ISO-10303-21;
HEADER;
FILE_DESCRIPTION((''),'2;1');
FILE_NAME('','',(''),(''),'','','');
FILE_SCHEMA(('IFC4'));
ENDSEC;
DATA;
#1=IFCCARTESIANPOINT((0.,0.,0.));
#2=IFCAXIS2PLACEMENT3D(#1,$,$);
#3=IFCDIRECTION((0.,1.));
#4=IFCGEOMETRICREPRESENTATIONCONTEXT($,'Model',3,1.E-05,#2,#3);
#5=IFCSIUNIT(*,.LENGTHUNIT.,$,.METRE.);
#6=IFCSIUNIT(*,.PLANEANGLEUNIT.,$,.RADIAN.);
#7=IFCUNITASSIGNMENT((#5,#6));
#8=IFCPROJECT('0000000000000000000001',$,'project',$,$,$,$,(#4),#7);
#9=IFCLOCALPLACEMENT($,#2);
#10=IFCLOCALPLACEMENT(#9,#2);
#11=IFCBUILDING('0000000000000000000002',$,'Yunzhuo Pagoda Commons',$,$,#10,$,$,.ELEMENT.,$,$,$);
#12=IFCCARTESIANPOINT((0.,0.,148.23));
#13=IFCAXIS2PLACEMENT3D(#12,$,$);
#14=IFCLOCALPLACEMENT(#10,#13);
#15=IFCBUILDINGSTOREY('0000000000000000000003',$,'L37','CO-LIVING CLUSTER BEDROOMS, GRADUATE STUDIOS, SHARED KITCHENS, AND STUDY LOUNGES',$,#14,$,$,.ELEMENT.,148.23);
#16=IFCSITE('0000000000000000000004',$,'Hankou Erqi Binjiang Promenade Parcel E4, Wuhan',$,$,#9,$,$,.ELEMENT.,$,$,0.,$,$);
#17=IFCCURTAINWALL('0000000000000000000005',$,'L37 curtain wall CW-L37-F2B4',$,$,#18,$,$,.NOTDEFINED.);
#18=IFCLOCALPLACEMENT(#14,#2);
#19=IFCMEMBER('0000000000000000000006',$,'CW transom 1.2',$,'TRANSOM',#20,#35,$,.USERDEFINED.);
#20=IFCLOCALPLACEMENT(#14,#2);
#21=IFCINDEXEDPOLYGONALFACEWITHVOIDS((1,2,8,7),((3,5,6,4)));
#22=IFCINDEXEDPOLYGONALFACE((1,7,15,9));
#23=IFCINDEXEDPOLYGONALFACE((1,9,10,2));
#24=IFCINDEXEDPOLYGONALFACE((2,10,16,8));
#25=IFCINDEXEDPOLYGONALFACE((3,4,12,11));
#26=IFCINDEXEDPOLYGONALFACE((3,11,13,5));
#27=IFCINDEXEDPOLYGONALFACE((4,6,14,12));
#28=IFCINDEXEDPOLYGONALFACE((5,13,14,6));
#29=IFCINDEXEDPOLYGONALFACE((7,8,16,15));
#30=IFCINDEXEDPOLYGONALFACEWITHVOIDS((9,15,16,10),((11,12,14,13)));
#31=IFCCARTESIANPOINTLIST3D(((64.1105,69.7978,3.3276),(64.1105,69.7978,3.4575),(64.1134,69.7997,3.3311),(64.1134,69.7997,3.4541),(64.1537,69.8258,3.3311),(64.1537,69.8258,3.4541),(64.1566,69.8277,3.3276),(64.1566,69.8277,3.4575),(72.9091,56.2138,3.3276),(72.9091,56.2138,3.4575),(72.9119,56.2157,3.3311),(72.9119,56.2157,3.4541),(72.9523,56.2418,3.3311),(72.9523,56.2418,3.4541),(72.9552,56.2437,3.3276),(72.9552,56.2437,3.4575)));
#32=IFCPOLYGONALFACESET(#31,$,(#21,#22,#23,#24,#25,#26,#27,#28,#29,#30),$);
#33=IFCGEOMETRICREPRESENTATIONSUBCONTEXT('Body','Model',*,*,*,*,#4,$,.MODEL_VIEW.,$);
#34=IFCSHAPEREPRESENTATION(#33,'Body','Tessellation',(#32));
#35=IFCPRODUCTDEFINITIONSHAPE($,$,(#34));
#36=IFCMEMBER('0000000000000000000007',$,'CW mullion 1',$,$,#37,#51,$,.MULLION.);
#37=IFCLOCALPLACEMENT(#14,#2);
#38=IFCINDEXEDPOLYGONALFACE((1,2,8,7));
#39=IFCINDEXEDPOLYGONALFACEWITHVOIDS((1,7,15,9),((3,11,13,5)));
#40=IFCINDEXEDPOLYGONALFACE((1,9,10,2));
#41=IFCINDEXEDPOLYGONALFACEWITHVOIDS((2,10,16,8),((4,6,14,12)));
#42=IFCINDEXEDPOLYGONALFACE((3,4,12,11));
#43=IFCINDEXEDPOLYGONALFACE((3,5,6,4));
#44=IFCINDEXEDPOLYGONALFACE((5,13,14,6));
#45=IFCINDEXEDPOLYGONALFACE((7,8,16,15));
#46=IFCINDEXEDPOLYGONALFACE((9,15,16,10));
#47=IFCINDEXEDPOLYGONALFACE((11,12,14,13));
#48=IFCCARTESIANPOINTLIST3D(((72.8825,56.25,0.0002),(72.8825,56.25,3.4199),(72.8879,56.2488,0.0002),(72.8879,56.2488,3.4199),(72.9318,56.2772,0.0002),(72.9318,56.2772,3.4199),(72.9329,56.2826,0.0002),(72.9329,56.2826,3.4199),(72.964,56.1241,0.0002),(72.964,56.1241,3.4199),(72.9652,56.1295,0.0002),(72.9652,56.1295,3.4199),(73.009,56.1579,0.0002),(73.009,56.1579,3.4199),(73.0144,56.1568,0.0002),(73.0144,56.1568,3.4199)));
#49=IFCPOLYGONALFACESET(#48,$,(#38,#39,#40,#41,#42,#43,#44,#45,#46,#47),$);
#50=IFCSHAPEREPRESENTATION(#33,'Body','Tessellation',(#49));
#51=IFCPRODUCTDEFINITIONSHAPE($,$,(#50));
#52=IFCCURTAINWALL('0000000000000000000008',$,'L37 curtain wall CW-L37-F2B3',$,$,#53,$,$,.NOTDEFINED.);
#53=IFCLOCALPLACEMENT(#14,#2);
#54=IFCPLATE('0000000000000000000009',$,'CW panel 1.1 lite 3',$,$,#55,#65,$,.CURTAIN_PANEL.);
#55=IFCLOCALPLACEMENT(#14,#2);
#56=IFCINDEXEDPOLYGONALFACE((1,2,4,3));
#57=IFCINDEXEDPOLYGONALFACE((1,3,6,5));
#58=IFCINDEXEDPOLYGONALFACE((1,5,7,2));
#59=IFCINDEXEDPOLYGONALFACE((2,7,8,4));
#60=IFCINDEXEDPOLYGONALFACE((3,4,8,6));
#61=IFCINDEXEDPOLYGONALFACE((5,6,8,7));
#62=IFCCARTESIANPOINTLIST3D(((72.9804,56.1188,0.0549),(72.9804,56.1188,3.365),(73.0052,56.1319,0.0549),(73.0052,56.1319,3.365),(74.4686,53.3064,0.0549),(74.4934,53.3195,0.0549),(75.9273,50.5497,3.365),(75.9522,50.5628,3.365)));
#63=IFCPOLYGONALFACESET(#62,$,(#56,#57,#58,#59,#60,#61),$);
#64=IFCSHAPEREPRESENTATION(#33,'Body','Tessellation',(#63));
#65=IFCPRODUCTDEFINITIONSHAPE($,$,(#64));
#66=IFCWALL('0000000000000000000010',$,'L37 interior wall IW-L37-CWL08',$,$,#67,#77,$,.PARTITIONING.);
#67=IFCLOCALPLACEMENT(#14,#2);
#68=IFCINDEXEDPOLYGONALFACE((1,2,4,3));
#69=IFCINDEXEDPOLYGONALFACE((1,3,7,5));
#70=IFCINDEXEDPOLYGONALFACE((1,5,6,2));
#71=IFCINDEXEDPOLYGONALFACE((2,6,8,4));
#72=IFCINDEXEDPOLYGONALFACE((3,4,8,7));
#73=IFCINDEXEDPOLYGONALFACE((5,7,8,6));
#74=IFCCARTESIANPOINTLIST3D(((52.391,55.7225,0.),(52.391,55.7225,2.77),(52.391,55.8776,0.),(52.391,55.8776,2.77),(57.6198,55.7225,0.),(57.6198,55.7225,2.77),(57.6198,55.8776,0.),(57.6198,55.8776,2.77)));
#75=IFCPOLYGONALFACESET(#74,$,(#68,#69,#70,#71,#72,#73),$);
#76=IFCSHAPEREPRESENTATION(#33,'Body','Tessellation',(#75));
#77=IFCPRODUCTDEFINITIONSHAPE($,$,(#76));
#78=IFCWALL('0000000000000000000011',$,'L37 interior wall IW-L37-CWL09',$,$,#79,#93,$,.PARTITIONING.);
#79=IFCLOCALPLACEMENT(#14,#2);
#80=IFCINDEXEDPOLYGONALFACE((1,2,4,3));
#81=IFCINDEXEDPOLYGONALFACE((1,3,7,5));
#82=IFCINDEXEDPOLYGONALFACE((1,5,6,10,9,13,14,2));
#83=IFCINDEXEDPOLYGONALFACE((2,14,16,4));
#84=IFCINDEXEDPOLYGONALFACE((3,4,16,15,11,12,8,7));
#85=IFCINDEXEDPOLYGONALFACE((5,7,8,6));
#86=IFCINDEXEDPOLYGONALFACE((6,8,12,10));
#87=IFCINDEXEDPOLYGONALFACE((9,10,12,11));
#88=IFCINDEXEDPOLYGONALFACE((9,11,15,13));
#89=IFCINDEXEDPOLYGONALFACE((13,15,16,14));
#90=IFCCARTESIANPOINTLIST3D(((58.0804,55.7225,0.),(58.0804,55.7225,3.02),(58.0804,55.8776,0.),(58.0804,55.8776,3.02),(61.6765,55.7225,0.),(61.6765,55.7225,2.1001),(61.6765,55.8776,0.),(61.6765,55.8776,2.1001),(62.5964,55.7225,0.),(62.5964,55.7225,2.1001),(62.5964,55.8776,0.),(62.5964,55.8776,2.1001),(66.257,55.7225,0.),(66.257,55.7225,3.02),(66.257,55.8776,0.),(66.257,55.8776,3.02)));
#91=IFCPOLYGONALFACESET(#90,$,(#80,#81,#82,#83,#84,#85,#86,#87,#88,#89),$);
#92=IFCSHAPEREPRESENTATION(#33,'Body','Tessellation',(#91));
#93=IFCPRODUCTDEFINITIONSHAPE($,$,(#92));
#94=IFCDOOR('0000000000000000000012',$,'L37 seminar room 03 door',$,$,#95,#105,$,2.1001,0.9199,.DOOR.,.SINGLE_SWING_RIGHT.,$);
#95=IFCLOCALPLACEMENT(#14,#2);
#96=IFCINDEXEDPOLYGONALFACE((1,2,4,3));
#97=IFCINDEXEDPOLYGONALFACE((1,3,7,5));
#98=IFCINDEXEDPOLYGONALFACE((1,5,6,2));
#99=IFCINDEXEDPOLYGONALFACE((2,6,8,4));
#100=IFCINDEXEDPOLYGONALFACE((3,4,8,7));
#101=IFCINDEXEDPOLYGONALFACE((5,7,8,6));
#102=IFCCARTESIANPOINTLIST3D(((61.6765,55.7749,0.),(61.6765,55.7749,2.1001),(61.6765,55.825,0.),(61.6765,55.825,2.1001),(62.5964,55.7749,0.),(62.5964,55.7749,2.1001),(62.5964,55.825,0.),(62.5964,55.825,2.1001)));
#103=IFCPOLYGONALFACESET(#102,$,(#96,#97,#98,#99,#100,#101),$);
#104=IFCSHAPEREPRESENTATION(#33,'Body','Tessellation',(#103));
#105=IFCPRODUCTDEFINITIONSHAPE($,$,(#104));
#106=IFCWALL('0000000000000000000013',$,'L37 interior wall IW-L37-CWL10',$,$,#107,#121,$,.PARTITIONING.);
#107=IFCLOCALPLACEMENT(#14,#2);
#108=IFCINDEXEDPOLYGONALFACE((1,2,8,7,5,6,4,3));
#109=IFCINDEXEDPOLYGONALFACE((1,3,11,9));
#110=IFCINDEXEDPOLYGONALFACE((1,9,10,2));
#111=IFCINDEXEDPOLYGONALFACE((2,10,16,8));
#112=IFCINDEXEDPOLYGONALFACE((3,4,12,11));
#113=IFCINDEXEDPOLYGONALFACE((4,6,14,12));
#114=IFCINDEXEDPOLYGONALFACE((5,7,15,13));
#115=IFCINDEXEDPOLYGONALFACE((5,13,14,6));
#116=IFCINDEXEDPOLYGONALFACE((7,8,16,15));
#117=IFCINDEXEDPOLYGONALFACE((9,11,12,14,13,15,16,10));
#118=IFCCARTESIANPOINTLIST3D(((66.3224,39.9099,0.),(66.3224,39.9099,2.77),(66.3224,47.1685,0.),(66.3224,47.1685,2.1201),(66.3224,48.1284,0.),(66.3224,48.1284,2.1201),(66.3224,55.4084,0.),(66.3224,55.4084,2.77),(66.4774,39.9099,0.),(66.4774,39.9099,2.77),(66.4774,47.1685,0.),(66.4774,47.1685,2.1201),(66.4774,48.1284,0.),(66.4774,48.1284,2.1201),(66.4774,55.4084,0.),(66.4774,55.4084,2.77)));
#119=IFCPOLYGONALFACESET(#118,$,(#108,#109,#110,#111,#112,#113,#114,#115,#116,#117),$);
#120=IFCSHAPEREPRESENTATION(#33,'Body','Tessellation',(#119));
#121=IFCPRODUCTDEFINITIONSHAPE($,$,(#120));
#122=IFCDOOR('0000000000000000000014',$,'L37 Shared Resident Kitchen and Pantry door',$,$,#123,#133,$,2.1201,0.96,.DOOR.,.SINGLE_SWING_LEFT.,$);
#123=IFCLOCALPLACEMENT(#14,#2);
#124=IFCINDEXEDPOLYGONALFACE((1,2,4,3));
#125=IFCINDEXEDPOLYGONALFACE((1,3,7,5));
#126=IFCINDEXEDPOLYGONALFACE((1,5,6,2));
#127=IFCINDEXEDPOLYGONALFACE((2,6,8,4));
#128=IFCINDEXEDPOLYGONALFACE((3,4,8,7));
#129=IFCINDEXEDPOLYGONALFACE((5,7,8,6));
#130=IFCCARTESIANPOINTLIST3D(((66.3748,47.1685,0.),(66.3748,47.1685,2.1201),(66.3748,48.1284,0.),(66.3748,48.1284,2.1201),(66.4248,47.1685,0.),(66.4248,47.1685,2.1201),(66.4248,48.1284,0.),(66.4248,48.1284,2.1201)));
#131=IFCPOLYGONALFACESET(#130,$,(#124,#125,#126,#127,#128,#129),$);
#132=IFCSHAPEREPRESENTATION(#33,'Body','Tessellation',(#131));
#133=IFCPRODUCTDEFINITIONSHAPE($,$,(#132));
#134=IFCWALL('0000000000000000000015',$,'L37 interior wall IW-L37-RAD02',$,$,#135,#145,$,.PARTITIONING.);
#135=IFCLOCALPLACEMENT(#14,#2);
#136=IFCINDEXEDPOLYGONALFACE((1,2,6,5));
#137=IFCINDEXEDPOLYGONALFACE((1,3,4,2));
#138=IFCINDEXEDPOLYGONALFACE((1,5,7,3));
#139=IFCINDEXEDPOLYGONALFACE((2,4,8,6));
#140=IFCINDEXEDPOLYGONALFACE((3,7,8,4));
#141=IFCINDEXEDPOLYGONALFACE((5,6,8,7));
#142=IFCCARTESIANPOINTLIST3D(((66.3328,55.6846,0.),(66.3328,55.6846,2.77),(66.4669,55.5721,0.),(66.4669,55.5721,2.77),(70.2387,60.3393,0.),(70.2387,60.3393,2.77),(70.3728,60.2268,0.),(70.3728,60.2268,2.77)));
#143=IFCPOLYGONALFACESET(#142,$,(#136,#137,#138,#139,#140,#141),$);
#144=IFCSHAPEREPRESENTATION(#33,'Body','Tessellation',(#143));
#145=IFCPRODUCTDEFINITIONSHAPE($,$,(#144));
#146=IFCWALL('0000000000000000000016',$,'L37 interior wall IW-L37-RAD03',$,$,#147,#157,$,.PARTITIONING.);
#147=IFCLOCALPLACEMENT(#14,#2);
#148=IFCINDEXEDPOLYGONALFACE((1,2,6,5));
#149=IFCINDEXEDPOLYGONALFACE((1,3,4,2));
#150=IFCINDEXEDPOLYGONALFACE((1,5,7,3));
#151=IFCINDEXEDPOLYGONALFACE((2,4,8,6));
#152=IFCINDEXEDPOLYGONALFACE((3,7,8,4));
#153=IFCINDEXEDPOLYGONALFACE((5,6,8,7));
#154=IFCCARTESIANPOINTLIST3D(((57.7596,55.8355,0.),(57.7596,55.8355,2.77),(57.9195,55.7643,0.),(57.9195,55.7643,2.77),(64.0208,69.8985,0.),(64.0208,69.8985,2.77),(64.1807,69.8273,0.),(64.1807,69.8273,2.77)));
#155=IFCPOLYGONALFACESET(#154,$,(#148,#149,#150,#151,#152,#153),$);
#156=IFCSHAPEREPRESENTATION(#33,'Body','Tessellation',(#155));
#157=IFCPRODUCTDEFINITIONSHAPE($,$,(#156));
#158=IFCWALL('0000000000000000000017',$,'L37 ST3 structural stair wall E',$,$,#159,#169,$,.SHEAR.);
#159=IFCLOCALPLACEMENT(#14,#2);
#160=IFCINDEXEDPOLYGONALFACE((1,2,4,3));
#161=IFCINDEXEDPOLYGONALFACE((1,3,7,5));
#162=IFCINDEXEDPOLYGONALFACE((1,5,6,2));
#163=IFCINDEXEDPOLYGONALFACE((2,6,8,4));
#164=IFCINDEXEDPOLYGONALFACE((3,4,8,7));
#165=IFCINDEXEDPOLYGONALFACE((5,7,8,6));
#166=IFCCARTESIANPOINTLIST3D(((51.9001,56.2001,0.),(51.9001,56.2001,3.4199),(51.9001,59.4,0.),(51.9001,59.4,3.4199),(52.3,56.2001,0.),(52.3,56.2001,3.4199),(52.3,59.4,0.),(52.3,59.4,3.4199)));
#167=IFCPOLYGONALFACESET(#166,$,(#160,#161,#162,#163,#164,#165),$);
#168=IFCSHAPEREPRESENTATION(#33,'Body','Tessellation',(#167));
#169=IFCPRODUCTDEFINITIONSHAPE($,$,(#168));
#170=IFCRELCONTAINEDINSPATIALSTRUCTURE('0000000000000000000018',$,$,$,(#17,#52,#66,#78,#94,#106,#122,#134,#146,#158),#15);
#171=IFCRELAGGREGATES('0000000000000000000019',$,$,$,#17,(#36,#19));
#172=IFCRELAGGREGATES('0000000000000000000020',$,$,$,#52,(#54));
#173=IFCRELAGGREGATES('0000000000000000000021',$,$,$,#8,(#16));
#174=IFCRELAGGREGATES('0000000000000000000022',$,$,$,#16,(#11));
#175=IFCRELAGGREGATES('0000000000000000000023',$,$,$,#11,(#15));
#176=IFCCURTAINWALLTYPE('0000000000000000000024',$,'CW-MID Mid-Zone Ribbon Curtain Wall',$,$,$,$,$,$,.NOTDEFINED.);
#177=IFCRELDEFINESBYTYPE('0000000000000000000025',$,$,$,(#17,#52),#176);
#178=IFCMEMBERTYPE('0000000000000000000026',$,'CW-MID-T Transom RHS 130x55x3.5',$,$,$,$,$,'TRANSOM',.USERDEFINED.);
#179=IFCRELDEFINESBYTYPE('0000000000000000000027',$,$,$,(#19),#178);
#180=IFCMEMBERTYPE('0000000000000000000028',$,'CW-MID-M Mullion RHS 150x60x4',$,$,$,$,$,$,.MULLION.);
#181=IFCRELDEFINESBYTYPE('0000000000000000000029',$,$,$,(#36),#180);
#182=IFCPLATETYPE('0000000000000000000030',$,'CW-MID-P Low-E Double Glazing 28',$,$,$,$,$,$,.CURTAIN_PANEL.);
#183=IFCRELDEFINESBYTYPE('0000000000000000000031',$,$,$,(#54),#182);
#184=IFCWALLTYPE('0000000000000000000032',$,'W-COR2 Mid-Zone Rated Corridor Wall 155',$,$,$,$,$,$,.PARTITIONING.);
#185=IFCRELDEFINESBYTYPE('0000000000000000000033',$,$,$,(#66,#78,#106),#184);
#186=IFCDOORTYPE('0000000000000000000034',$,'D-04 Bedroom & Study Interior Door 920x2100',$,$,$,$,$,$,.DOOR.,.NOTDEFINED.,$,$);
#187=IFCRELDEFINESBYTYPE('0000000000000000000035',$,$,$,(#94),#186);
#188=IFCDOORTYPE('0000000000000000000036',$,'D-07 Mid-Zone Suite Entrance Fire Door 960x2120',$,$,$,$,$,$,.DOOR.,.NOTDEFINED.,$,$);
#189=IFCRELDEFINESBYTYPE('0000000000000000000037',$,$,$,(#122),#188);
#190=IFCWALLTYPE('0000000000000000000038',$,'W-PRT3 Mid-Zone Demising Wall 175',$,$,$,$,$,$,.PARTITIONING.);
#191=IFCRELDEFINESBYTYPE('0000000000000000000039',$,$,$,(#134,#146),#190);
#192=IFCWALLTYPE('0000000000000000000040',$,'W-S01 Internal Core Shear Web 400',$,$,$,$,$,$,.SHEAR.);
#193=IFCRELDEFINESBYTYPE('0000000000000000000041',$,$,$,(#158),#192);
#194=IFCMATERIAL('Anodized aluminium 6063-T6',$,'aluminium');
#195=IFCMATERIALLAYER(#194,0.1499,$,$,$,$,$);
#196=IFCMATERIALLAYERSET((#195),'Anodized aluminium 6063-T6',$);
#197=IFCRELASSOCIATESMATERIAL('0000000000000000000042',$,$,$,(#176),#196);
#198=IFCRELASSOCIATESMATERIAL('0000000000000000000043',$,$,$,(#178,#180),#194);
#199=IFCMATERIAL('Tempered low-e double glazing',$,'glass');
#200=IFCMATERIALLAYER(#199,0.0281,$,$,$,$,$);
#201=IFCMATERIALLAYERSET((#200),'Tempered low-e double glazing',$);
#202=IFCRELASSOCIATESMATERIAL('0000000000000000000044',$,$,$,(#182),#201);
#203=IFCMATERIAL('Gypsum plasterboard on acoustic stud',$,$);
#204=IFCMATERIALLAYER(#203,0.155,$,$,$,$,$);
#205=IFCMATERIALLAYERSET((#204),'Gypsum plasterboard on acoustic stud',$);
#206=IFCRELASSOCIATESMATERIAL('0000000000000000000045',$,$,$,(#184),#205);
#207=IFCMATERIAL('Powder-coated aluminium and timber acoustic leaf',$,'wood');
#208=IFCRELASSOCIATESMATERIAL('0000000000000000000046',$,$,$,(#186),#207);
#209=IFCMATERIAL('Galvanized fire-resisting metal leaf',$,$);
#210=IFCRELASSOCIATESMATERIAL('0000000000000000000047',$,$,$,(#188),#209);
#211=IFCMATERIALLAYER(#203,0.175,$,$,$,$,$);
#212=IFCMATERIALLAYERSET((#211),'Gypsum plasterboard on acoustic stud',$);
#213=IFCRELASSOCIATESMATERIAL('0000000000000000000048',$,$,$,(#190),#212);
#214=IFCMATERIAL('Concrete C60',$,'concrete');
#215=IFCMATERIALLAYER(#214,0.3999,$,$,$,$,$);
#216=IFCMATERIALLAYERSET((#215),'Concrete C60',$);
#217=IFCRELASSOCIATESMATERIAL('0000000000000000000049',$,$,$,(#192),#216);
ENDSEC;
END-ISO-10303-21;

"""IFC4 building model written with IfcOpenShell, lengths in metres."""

from ifc_helpers import new_model, si_unit, direction, frame, frame_2d, origin, origin_with_axes, origin_2d, place, context, subcontext, project, spatial, polyline, rectangle, hollow_rectangle, outline, extrude, source, transform, mapped, material, layer, layer_set, material_profile, profile_set, type_object, element, fill, aggregate, save


model = new_model("IFC4")

# Units and contexts
model_context = context("Model", 3, precision=1e-05, world=origin(), true_north=direction((0.0, 1.0)))
body_context = subcontext(model_context, "Body", "Model", "MODEL_VIEW")
ifc_project = project(units=[si_unit("LENGTHUNIT", "METRE"), si_unit("PLANEANGLEUNIT", "RADIAN")], contexts=[model_context])

# Site, building, storey
site_placement = place(None, origin())
site = spatial("IfcSite", under=ifc_project, at=site_placement, Name="Hankou Erqi Binjiang Promenade Parcel E4, Wuhan", CompositionType="ELEMENT", RefElevation=0.0)
building_placement = place(site_placement, origin())
building = spatial("IfcBuilding", under=site, at=building_placement, Name="Yunzhuo Pagoda Commons", CompositionType="ELEMENT")
storey_placement = place(building_placement, frame((0.0, 0.0, 148.23)))
storey = spatial("IfcBuildingStorey", under=building, at=storey_placement, Name="L37", Description="CO-LIVING CLUSTER BEDROOMS, GRADUATE STUDIOS, SHARED KITCHENS, AND STUDY LOUNGES", CompositionType="ELEMENT", Elevation=148.23)

# Curtain wall, members
ifc_material_1 = material(Name="Anodized aluminium 6063-T6", Category="aluminium")
ifc_layer_1 = layer(ifc_material_1, 0.1499)
ifc_layer_set_1 = layer_set([ifc_layer_1], Name="Anodized aluminium 6063-T6")
curtain_wall_type = type_object("IfcCurtainWallType", Name="CW-MID Mid-Zone Ribbon Curtain Wall", PredefinedType="NOTDEFINED", material=ifc_layer_set_1)
curtain_wall_1_placement = place(storey_placement, origin())
curtain_wall_1 = element("IfcCurtainWall", 1, at=curtain_wall_1_placement, inside=storey, type_object=curtain_wall_type, Name="L37 curtain wall CW-L37-F2B4", PredefinedType="NOTDEFINED")
ifc_material_profile_1 = material_profile(ifc_material_1, hollow_rectangle(XDim=0.0549, YDim=0.1299, WallThickness=0.0034, at=origin_2d()), Name="Anodized aluminium 6063-T6")
ifc_profile_set_1 = profile_set([ifc_material_profile_1], Name="Anodized aluminium 6063-T6")
member_type_1 = type_object("IfcMemberType", Name="CW-MID-T Transom RHS 130x55x3.5", ElementType="TRANSOM", PredefinedType="USERDEFINED", material=ifc_profile_set_1)
shared_shape_1 = source(origin(), body_context, "Body", "SweptSolid", [
    extrude(hollow_rectangle(XDim=0.0549, YDim=0.1299, WallThickness=0.0034, at=origin_2d()), origin(), (0.0, 0.0, 1.0), 16.1846),
])
member_1_placement = place(storey_placement, frame((72.9321, 56.2288, 3.3926), z_axis=(-0.543641, 0.839318, 0.0), x_axis=(-0.839318, -0.543641, 0.0)))
member_1 = element("IfcMember", 2, at=member_1_placement, type_object=member_type_1, Name="CW transom 1.2", ObjectType="TRANSOM", PredefinedType="USERDEFINED", context=body_context, shape_type="MappedRepresentation", body=[
    mapped(shared_shape_1, transform((0.0, 0.0, 0.0), scale=1.0)),
])
ifc_material_profile_2 = material_profile(ifc_material_1, hollow_rectangle(XDim=0.0601, YDim=0.1499, WallThickness=0.0039, at=origin_2d()), Name="Anodized aluminium 6063-T6")
ifc_profile_set_2 = profile_set([ifc_material_profile_2], Name="Anodized aluminium 6063-T6")
member_type_2 = type_object("IfcMemberType", Name="CW-MID-M Mullion RHS 150x60x4", PredefinedType="MULLION", material=ifc_profile_set_2)
shared_shape_2 = source(origin(), body_context, "Body", "SweptSolid", [
    extrude(hollow_rectangle(XDim=0.0601, YDim=0.1499, WallThickness=0.0039, at=origin_2d()), origin(), (0.0, 0.0, 1.0), 3.4197),
])
member_2_placement = place(storey_placement, frame((72.9485, 56.2034, 0.0002), z_axis=(0.0, 0.0, 1.0), x_axis=(-0.83932, -0.543637, 0.0)))
member_2 = element("IfcMember", 3, at=member_2_placement, type_object=member_type_2, Name="CW mullion 1", PredefinedType="MULLION", context=body_context, shape_type="MappedRepresentation", body=[
    mapped(shared_shape_2, transform((0.0, 0.0, 0.0), scale=1.0)),
])
aggregate(curtain_wall_1, [member_2, member_1])

# Curtain wall, plate
curtain_wall_2_placement = place(storey_placement, origin())
curtain_wall_2 = element("IfcCurtainWall", 4, at=curtain_wall_2_placement, inside=storey, type_object=curtain_wall_type, Name="L37 curtain wall CW-L37-F2B3", PredefinedType="NOTDEFINED")
ifc_material_2 = material(Name="Tempered low-e double glazing", Category="glass")
ifc_layer_2 = layer(ifc_material_2, 0.0281)
ifc_layer_set_2 = layer_set([ifc_layer_2], Name="Tempered low-e double glazing")
plate_type = type_object("IfcPlateType", Name="CW-MID-P Low-E Double Glazing 28", PredefinedType="CURTAIN_PANEL", material=ifc_layer_set_2)
plate_placement = place(storey_placement, frame((74.4539, 53.3342, 1.71), z_axis=(0.883879, 0.467715, 0.0), x_axis=(-0.467715, 0.883879, 0.0)))
plate = element("IfcPlate", 5, at=plate_placement, type_object=plate_type, Name="CW panel 1.1 lite 3", PredefinedType="CURTAIN_PANEL", context=body_context, shape_type="SweptSolid", body=[
    extrude(outline(polyline([(-3.1504, 1.655), (-0.0315, -1.655), (3.1504, -1.655), (3.1504, 1.655), (-3.1504, 1.655)])), origin(), (0.0, 0.0, 1.0), 0.0281),
])
aggregate(curtain_wall_2, [plate])

# Wall
ifc_material_3 = material(Name="Gypsum plasterboard on acoustic stud")
ifc_layer_3 = layer(ifc_material_3, 0.155)
ifc_layer_set_3 = layer_set([ifc_layer_3], Name="Gypsum plasterboard on acoustic stud")
wall_type_1 = type_object("IfcWallType", Name="W-COR2 Mid-Zone Rated Corridor Wall 155", PredefinedType="PARTITIONING", material=ifc_layer_set_3)
wall_1_placement = place(storey_placement, frame((52.3911, 55.8, 0.0), z_axis=(0.0, 0.0, 1.0), x_axis=(1.0, 0.0, 0.0)))
element("IfcWall", 6, at=wall_1_placement, inside=storey, type_object=wall_type_1, Name="L37 interior wall IW-L37-CWL08", PredefinedType="PARTITIONING", context=body_context, shape_type="SweptSolid", body=[
    extrude(rectangle(XDim=5.2288, YDim=0.155, at=frame_2d((2.6143, 0.0))), origin(), (0.0, 0.0, 1.0), 2.77),
])

# Walls, openings, doors
wall_2_placement = place(storey_placement, frame((58.0803, 55.8, 0.0), z_axis=(0.0, 0.0, 1.0), x_axis=(1.0, 0.0, 0.0)))
wall_2 = element("IfcWall", 7, at=wall_2_placement, inside=storey, type_object=wall_type_1, Name="L37 interior wall IW-L37-CWL09", PredefinedType="PARTITIONING", context=body_context, shape_type="SweptSolid", body=[
    extrude(rectangle(XDim=8.1765, YDim=0.155, at=frame_2d((4.0884, 0.0))), origin(), (0.0, 0.0, 1.0), 3.02),
])
opening_1_placement = place(wall_2_placement, frame((3.5962, 0.0, 0.0)))
opening_1 = element("IfcOpeningElement", 8, at=opening_1_placement, cuts=wall_2, PredefinedType="OPENING", context=body_context, shape_type="SweptSolid", body=[
    extrude(rectangle(XDim=0.9199, YDim=2.1001, at=frame_2d((0.46, 1.05))), frame((0.0, 0.0874, 0.0), z_axis=(0.0, -1.0, 0.0), x_axis=(1.0, 0.0, 0.0)), (0.0, 0.0, 1.0), 0.175),
])
ifc_material_4 = material(Name="Powder-coated aluminium and timber acoustic leaf", Category="wood")
door_type_1 = type_object("IfcDoorType", Name="D-04 Bedroom & Study Interior Door 920x2100", OperationType="NOTDEFINED", PredefinedType="DOOR", material=ifc_material_4)
shared_shape_3 = source(origin(), body_context, "Body", "SweptSolid", [
    extrude(rectangle(XDim=0.9199, YDim=2.1001, at=frame_2d((0.46, 1.05))), frame((0.0, 0.0249, 0.0), z_axis=(0.0, -1.0, 0.0), x_axis=(1.0, 0.0, 0.0)), (0.0, 0.0, 1.0), 0.05),
])
door_1_placement = place(opening_1_placement, origin_with_axes())
door_1 = element("IfcDoor", 9, at=door_1_placement, inside=storey, type_object=door_type_1, Name="L37 seminar room 03 door", OperationType="SINGLE_SWING_RIGHT", OverallHeight=2.1001, OverallWidth=0.9199, PredefinedType="DOOR", context=body_context, shape_type="MappedRepresentation", body=[
    mapped(shared_shape_3, transform((0.0, 0.0, 0.0), scale=1.0)),
])
fill(opening_1, door_1)
wall_3_placement = place(storey_placement, frame((66.3999, 55.4084, 0.0), z_axis=(0.0, 0.0, 1.0), x_axis=(0.0, -1.0, 0.0)))
wall_3 = element("IfcWall", 10, at=wall_3_placement, inside=storey, type_object=wall_type_1, Name="L37 interior wall IW-L37-CWL10", PredefinedType="PARTITIONING", context=body_context, shape_type="SweptSolid", body=[
    extrude(rectangle(XDim=15.4985, YDim=0.155, at=frame_2d((7.7493, 0.0))), origin(), (0.0, 0.0, 1.0), 2.77),
])
opening_2_placement = place(wall_3_placement, frame((7.28, 0.0, 0.0)))
opening_2 = element("IfcOpeningElement", 11, at=opening_2_placement, cuts=wall_3, PredefinedType="OPENING", context=body_context, shape_type="SweptSolid", body=[
    extrude(rectangle(XDim=0.96, YDim=2.1201, at=frame_2d((0.48, 1.0601))), frame((0.0, 0.0874, 0.0), z_axis=(0.0, -1.0, 0.0), x_axis=(1.0, 0.0, 0.0)), (0.0, 0.0, 1.0), 0.175),
])
ifc_material_5 = material(Name="Galvanized fire-resisting metal leaf")
door_type_2 = type_object("IfcDoorType", Name="D-07 Mid-Zone Suite Entrance Fire Door 960x2120", OperationType="NOTDEFINED", PredefinedType="DOOR", material=ifc_material_5)
shared_shape_4 = source(origin(), body_context, "Body", "SweptSolid", [
    extrude(rectangle(XDim=0.96, YDim=2.1201, at=frame_2d((0.48, 1.0601))), frame((0.0, 0.0249, 0.0), z_axis=(0.0, -1.0, 0.0), x_axis=(1.0, 0.0, 0.0)), (0.0, 0.0, 1.0), 0.05),
])
door_2_placement = place(opening_2_placement, origin_with_axes())
door_2 = element("IfcDoor", 12, at=door_2_placement, inside=storey, type_object=door_type_2, Name="L37 Shared Resident Kitchen and Pantry door", OperationType="SINGLE_SWING_LEFT", OverallHeight=2.1201, OverallWidth=0.96, PredefinedType="DOOR", context=body_context, shape_type="MappedRepresentation", body=[
    mapped(shared_shape_4, transform((0.0, 0.0, 0.0), scale=1.0)),
])
fill(opening_2, door_2)

# Walls
ifc_layer_4 = layer(ifc_material_3, 0.175)
ifc_layer_set_4 = layer_set([ifc_layer_4], Name="Gypsum plasterboard on acoustic stud")
wall_type_2 = type_object("IfcWallType", Name="W-PRT3 Mid-Zone Demising Wall 175", PredefinedType="PARTITIONING", material=ifc_layer_set_4)
wall_4_placement = place(storey_placement, frame((66.3999, 55.6284, 0.0), z_axis=(0.0, 0.0, 1.0), x_axis=(0.642805, 0.76603, 0.0)))
element("IfcWall", 13, at=wall_4_placement, inside=storey, type_object=wall_type_2, Name="L37 interior wall IW-L37-RAD02", PredefinedType="PARTITIONING", context=body_context, shape_type="SweptSolid", body=[
    extrude(rectangle(XDim=6.0764, YDim=0.175, at=frame_2d((3.0381, 0.0))), origin(), (0.0, 0.0, 1.0), 2.77),
])
wall_5_placement = place(storey_placement, frame((57.8396, 55.8, 0.0), z_axis=(0.0, 0.0, 1.0), x_axis=(0.406736, 0.913546, 0.0)))
element("IfcWall", 14, at=wall_5_placement, inside=storey, type_object=wall_type_2, Name="L37 interior wall IW-L37-RAD03", PredefinedType="PARTITIONING", context=body_context, shape_type="SweptSolid", body=[
    extrude(rectangle(XDim=15.3938, YDim=0.175, at=frame_2d((7.6968, 0.0))), origin(), (0.0, 0.0, 1.0), 2.77),
])
ifc_material_6 = material(Name="Concrete C60", Category="concrete")
ifc_layer_5 = layer(ifc_material_6, 0.3999)
ifc_layer_set_5 = layer_set([ifc_layer_5], Name="Concrete C60")
wall_type_3 = type_object("IfcWallType", Name="W-S01 Internal Core Shear Web 400", PredefinedType="SHEAR", material=ifc_layer_set_5)
wall_6_placement = place(storey_placement, frame((52.1001, 56.2, 0.0), z_axis=(0.0, 0.0, 1.0), x_axis=(0.0, 1.0, 0.0)))
element("IfcWall", 15, at=wall_6_placement, inside=storey, type_object=wall_type_3, Name="L37 ST3 structural stair wall E", PredefinedType="SHEAR", context=body_context, shape_type="SweptSolid", body=[
    extrude(rectangle(XDim=3.2, YDim=0.3999, at=frame_2d((1.6001, 0.0))), origin(), (0.0, 0.0, 1.0), 3.4199),
])

save(model, "model.ifc")
